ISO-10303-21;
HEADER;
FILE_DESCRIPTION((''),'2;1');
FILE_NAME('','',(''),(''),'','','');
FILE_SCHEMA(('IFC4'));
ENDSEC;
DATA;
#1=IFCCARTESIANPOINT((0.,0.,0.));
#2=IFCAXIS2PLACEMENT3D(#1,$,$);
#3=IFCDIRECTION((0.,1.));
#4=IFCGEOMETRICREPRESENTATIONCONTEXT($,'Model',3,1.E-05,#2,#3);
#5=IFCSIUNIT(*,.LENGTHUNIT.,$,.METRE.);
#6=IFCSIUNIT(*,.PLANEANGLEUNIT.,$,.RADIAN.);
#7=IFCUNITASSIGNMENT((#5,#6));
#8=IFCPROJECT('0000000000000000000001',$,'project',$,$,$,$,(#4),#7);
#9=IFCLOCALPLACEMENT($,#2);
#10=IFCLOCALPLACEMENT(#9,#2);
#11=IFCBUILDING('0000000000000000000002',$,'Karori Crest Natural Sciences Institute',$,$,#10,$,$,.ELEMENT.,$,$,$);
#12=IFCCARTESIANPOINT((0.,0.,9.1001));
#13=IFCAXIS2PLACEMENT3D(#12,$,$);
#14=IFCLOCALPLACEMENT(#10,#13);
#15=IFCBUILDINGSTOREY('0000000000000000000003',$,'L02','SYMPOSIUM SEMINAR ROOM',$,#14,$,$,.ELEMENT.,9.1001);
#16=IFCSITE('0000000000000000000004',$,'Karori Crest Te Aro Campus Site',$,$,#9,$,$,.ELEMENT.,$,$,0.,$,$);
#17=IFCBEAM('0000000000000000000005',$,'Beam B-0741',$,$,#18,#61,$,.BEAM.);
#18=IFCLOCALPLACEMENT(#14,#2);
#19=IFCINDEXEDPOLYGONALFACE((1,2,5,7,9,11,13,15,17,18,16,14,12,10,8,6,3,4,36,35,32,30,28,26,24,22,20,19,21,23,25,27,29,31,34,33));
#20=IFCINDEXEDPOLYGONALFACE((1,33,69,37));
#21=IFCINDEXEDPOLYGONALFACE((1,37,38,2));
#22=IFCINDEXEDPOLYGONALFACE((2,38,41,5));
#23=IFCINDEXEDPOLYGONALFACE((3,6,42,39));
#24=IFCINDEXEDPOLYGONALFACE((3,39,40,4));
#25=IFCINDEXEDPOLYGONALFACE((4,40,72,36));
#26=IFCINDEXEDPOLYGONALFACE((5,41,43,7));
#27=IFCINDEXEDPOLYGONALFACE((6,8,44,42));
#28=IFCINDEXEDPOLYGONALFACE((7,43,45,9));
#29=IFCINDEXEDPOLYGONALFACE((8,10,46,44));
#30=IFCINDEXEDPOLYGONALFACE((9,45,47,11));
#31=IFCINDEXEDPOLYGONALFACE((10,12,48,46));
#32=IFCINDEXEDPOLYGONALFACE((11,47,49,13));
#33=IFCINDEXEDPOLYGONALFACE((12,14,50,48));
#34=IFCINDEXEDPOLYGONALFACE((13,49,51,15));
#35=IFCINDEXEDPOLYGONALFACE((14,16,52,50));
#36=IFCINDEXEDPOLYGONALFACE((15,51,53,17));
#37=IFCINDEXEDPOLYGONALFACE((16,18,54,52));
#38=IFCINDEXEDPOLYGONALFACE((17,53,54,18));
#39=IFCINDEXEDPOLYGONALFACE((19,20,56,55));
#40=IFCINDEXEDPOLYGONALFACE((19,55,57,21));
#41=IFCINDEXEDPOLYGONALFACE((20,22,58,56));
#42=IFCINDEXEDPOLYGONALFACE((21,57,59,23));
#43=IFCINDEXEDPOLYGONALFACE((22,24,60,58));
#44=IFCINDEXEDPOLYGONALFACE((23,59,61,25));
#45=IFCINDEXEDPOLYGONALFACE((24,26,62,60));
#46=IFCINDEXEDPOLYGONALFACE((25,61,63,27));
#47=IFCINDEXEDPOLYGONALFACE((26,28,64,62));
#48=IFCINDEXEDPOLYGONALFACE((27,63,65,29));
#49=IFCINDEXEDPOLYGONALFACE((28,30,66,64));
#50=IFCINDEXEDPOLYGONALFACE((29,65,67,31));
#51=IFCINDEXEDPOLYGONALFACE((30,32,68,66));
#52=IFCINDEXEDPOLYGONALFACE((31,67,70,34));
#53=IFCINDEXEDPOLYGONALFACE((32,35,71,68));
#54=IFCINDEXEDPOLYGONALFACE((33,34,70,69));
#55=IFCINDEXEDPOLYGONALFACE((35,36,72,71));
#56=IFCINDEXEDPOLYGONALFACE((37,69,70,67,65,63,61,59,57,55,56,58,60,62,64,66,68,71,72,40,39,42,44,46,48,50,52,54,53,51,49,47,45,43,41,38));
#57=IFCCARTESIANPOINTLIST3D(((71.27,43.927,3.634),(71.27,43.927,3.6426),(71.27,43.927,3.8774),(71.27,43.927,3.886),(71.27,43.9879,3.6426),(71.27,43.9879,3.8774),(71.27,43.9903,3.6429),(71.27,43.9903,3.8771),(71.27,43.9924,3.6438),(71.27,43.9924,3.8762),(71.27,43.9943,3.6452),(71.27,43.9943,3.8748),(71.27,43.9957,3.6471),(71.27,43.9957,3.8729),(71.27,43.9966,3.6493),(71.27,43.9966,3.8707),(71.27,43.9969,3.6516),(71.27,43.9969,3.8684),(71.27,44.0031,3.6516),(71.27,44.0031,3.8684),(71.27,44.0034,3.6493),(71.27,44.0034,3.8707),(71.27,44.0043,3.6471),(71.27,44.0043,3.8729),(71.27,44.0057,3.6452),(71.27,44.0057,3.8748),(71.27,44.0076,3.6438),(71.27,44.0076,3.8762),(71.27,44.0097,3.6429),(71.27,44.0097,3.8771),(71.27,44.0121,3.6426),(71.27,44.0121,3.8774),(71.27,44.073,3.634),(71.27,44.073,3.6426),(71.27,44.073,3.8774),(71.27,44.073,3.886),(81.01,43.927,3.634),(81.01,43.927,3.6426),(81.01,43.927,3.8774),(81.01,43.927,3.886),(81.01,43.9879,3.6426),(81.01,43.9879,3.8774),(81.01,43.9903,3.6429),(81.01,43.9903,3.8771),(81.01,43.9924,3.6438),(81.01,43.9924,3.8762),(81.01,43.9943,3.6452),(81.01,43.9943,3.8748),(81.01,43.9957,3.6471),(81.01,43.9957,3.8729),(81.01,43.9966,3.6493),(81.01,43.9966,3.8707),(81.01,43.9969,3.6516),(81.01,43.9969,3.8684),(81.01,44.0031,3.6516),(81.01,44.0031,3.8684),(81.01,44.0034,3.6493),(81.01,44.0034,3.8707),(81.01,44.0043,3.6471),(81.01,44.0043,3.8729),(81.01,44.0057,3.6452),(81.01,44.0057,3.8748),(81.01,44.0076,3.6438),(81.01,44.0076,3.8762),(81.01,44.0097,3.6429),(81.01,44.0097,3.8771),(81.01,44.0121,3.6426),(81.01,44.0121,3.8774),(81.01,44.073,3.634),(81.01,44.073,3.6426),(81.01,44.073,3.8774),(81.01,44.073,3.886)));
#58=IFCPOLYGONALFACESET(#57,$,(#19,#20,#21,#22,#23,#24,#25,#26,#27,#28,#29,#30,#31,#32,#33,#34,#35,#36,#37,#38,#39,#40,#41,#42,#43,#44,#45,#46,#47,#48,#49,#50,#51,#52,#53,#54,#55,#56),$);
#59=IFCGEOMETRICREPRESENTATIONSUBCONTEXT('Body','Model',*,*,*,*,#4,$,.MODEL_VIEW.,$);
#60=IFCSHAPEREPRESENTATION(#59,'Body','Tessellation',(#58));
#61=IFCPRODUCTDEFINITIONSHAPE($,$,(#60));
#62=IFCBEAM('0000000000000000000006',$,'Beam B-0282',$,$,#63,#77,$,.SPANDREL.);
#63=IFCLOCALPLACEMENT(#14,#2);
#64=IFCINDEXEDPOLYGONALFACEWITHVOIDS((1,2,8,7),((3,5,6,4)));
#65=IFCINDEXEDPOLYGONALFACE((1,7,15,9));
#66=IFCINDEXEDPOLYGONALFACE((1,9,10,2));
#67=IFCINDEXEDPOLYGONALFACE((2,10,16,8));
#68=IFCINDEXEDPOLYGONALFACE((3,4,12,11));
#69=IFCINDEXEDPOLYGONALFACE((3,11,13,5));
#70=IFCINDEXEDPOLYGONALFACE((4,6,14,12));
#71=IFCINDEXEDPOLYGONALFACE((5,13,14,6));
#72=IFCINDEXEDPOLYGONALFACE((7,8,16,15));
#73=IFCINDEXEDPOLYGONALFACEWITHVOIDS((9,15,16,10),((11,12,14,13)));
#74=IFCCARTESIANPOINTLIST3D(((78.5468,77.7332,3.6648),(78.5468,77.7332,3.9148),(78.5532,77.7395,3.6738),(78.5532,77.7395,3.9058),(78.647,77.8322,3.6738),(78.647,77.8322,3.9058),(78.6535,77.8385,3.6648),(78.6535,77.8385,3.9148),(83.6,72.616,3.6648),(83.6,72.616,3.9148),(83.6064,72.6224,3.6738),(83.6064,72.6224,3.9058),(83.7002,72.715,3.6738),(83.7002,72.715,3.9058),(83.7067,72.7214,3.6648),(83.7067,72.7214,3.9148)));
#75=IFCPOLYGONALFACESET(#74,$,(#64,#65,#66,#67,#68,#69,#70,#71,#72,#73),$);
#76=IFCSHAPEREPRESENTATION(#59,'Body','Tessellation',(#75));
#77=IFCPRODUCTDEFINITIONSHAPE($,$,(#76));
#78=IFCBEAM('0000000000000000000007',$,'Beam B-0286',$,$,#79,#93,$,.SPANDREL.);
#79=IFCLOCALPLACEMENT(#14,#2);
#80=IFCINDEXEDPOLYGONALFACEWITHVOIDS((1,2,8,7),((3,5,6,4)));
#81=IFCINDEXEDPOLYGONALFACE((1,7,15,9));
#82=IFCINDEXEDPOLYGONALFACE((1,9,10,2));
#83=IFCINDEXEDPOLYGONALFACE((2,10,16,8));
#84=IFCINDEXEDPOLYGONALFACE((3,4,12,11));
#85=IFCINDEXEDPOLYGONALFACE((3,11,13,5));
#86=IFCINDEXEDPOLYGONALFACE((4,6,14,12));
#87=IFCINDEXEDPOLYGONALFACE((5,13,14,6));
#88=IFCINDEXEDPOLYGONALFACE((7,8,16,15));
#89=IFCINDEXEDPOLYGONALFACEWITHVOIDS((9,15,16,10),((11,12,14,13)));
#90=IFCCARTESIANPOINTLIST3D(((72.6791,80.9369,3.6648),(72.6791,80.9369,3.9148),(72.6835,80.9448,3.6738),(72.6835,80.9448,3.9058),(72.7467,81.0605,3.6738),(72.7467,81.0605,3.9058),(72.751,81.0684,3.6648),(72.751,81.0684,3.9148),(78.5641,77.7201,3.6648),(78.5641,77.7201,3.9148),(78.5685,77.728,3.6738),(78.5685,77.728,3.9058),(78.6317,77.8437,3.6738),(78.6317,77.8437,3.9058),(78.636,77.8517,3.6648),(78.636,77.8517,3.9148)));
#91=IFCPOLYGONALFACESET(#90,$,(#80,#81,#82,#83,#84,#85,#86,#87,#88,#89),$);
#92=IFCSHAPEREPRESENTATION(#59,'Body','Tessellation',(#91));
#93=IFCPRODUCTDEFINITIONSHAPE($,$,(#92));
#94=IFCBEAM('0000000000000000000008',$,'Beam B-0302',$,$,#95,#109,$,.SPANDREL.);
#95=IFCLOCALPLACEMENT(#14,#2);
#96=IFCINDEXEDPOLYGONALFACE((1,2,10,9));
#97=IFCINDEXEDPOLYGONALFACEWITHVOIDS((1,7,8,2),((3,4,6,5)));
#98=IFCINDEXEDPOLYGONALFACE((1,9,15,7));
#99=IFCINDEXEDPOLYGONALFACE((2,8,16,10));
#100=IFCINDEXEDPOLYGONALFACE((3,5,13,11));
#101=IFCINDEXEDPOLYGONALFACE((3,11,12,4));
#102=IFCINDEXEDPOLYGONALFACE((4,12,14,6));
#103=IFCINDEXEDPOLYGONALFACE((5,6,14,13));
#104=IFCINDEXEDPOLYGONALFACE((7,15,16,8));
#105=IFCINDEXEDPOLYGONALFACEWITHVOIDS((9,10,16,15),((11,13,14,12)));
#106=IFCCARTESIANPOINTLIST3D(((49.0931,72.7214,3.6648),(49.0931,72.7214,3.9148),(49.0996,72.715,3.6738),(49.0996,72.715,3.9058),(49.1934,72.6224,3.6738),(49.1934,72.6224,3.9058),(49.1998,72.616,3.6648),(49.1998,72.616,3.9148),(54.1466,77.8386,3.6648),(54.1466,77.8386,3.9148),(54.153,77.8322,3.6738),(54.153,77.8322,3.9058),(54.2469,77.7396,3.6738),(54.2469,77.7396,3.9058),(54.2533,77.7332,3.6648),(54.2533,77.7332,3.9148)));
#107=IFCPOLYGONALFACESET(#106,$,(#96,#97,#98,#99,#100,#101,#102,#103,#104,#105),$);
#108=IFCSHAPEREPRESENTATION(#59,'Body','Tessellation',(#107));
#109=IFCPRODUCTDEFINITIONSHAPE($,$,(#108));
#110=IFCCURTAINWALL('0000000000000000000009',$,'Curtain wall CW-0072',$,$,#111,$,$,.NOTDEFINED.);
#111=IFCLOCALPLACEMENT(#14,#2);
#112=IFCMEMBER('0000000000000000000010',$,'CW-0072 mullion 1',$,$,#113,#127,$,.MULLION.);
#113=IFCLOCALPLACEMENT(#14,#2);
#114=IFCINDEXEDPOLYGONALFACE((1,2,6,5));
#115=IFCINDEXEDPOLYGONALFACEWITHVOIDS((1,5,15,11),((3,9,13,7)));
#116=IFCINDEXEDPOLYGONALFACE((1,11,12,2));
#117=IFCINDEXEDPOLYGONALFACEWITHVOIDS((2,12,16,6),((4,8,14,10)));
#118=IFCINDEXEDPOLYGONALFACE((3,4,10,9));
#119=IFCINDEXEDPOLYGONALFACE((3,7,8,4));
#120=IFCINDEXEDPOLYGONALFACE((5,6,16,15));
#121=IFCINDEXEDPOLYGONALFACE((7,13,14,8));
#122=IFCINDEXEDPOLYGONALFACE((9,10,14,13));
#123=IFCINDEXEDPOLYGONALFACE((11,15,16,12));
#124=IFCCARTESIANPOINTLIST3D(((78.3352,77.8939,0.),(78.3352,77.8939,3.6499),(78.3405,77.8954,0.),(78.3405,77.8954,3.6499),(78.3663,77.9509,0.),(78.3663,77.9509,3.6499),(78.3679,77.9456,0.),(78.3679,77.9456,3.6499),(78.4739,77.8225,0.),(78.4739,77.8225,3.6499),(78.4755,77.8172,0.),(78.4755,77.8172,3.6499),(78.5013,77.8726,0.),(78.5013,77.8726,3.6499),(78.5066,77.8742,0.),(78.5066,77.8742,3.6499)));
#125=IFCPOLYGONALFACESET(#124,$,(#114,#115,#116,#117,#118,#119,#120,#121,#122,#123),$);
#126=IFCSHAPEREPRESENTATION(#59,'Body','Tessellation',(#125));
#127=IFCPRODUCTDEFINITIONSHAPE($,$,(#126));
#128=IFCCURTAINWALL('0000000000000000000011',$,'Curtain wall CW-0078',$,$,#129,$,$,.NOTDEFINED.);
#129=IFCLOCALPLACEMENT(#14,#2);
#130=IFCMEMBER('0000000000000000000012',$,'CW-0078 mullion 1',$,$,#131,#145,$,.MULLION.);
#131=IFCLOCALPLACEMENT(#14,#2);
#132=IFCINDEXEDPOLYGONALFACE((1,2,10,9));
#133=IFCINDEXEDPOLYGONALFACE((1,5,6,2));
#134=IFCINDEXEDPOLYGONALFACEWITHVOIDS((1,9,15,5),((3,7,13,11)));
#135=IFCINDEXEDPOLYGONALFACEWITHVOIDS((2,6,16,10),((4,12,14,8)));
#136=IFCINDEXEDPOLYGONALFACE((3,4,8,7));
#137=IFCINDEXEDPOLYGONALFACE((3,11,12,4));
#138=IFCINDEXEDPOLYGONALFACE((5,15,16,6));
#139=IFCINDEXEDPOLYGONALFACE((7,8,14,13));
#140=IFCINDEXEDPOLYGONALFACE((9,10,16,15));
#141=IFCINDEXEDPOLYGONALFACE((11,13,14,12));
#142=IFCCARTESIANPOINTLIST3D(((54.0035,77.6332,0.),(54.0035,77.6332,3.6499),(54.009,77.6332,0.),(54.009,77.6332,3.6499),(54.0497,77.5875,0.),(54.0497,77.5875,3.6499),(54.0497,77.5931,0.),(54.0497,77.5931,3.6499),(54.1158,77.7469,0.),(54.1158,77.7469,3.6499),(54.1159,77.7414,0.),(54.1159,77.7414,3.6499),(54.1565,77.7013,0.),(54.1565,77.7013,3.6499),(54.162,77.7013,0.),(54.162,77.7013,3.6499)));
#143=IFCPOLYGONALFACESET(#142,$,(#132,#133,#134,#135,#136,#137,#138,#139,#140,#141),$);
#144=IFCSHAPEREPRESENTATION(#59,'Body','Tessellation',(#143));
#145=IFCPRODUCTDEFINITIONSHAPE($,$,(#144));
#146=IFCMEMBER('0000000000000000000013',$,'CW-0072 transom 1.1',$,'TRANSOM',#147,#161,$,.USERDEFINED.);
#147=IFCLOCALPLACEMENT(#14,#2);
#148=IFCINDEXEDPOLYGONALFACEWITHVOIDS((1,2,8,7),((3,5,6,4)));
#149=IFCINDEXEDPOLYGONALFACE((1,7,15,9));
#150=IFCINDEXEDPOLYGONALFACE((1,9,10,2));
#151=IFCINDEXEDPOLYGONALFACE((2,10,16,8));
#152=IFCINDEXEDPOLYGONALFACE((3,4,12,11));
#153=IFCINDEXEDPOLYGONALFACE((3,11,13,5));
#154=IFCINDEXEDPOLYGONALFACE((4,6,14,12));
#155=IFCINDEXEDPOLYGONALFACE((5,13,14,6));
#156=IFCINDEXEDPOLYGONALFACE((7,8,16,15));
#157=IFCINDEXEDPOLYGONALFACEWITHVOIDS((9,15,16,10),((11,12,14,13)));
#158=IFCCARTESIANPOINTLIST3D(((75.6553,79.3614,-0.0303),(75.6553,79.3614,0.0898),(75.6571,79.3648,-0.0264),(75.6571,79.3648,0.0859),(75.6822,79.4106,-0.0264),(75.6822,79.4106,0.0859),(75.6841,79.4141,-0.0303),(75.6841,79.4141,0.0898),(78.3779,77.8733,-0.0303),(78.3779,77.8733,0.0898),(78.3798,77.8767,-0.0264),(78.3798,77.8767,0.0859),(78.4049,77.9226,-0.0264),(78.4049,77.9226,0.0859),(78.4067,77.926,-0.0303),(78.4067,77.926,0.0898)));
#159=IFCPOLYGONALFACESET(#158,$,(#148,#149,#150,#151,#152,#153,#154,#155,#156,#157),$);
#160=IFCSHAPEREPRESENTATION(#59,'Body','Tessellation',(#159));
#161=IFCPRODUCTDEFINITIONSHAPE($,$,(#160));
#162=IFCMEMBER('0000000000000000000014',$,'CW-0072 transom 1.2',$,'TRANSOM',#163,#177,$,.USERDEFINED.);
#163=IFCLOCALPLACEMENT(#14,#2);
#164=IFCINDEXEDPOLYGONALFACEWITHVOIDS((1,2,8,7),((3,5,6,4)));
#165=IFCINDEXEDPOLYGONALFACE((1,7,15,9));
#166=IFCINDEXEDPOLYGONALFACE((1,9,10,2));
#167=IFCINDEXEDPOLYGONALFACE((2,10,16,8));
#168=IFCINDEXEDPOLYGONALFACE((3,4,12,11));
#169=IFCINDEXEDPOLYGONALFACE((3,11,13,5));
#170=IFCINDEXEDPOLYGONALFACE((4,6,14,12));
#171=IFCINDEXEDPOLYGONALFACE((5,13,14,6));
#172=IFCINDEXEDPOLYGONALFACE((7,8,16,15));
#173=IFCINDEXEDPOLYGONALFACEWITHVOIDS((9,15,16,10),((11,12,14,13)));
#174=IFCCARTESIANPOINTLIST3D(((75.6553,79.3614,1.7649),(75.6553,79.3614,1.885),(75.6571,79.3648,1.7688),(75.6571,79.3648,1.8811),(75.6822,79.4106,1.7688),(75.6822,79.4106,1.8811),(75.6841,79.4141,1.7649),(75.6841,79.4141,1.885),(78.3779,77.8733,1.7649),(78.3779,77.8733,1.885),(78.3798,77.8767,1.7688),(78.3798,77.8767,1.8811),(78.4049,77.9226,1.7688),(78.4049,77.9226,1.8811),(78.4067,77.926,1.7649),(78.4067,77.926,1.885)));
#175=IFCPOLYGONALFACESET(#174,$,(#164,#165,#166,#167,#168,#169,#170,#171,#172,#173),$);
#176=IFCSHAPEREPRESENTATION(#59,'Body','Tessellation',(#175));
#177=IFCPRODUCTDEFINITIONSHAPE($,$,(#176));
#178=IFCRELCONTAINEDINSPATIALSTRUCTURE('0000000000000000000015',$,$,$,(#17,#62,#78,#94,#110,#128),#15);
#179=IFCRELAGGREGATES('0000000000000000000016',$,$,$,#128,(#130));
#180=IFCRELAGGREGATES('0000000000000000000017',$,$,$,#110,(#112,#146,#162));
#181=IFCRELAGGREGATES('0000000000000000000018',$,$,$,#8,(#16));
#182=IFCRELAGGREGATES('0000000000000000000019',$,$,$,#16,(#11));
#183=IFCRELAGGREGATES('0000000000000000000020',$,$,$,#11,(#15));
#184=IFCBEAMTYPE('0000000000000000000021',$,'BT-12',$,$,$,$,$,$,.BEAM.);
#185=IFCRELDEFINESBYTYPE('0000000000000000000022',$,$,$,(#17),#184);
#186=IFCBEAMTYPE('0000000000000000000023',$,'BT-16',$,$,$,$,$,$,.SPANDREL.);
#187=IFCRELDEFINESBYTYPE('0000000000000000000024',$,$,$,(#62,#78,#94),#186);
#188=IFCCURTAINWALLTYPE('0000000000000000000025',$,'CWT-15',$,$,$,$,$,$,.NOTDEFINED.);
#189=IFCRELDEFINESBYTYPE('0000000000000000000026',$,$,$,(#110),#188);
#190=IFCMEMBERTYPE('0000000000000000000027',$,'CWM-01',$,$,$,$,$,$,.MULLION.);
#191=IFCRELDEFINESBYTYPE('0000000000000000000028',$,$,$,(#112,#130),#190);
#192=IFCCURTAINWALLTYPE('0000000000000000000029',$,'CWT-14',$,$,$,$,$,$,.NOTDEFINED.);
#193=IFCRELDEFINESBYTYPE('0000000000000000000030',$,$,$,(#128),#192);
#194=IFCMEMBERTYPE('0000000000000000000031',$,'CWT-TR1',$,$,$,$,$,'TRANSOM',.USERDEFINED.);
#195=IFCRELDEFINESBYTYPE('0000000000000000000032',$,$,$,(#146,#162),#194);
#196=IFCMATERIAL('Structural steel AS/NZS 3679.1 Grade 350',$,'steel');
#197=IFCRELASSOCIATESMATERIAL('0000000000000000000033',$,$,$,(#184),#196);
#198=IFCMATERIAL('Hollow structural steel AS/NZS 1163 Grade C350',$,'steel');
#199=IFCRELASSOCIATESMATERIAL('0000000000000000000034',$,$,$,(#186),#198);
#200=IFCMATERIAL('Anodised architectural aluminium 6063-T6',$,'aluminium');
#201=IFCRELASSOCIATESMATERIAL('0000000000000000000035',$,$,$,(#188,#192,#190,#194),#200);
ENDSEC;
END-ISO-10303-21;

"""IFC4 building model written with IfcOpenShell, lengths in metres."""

from ifc_helpers import new_model, si_unit, direction, frame, origin, origin_2d, place, context, subcontext, project, spatial, hollow_rectangle, i_section, extrude, material, material_profile, profile_set, type_object, element, aggregate, save


model = new_model("IFC4")

# Units and contexts
model_context = context("Model", 3, precision=1e-05, world=origin(), true_north=direction((0.0, 1.0)))
body_context = subcontext(model_context, "Body", "Model", "MODEL_VIEW")
ifc_project = project(units=[si_unit("LENGTHUNIT", "METRE"), si_unit("PLANEANGLEUNIT", "RADIAN")], contexts=[model_context])

# Site, building, storey
site_placement = place(None, origin())
site = spatial("IfcSite", under=ifc_project, at=site_placement, Name="Karori Crest Te Aro Campus Site", CompositionType="ELEMENT", RefElevation=0.0)
building_placement = place(site_placement, origin())
building = spatial("IfcBuilding", under=site, at=building_placement, Name="Karori Crest Natural Sciences Institute", CompositionType="ELEMENT")
storey_placement = place(building_placement, frame((0.0, 0.0, 9.1001)))
storey = spatial("IfcBuildingStorey", under=building, at=storey_placement, Name="L02", Description="SYMPOSIUM SEMINAR ROOM", CompositionType="ELEMENT", Elevation=9.1001)

# Shared definitions
ifc_material_1 = material(Name="Structural steel AS/NZS 3679.1 Grade 350", Category="steel")
ifc_material_2 = material(Name="Hollow structural steel AS/NZS 1163 Grade C350", Category="steel")

# Beams
ifc_material_profile_1 = material_profile(ifc_material_1, i_section(OverallWidth=0.146, OverallDepth=0.252, WebThickness=0.0061, FlangeThickness=0.0085, FilletRadius=0.009, at=origin_2d()), Name="250UB31.4")
ifc_profile_set_1 = profile_set([ifc_material_profile_1], Name="Structural steel AS/NZS 3679.1 Grade 350")
beam_type_1 = type_object("IfcBeamType", Name="BT-12", PredefinedType="BEAM", material=ifc_profile_set_1)
beam_1_placement = place(storey_placement, frame((71.27, 44.0, 3.76), z_axis=(1.0, 0.0, 0.0), x_axis=(0.0, 1.0, 0.0)))
element("IfcBeam", 1, at=beam_1_placement, inside=storey, type_object=beam_type_1, Name="Beam B-0741", PredefinedType="BEAM", context=body_context, shape_type="SweptSolid", body=[
    extrude(i_section(OverallWidth=0.146, OverallDepth=0.252, WebThickness=0.0061, FlangeThickness=0.0085, FilletRadius=0.009, at=origin_2d()), origin(), (0.0, 0.0, 1.0), 9.74),
])
ifc_material_profile_2 = material_profile(ifc_material_2, hollow_rectangle(XDim=0.1499, YDim=0.25, WallThickness=0.009, at=origin_2d()), Name="RHS250x150x9")
ifc_profile_set_2 = profile_set([ifc_material_profile_2], Name="Hollow structural steel AS/NZS 1163 Grade C350")
beam_type_2 = type_object("IfcBeamType", Name="BT-16", PredefinedType="SPANDREL", material=ifc_profile_set_2)
beam_2_placement = place(storey_placement, frame((83.6533, 72.6687, 3.7898), z_axis=(-0.702646, 0.71154, 0.0), x_axis=(-0.71154, -0.702646, 0.0)))
element("IfcBeam", 2, at=beam_2_placement, inside=storey, type_object=beam_type_2, Name="Beam B-0282", PredefinedType="SPANDREL", context=body_context, shape_type="SweptSolid", body=[
    extrude(hollow_rectangle(XDim=0.1499, YDim=0.25, WallThickness=0.009, at=origin_2d()), origin(), (0.0, 0.0, 1.0), 7.1917),
])
beam_3_placement = place(storey_placement, frame((78.6001, 77.7859, 3.7898), z_axis=(-0.87747, 0.479632, 0.0), x_axis=(-0.479632, -0.87747, 0.0)))
element("IfcBeam", 3, at=beam_3_placement, inside=storey, type_object=beam_type_2, Name="Beam B-0286", PredefinedType="SPANDREL", context=body_context, shape_type="SweptSolid", body=[
    extrude(hollow_rectangle(XDim=0.1499, YDim=0.25, WallThickness=0.009, at=origin_2d()), origin(), (0.0, 0.0, 1.0), 6.7068),
])
beam_4_placement = place(storey_placement, frame((54.2, 77.7859, 3.7898), z_axis=(-0.702663, -0.711523, 0.0), x_axis=(0.711523, -0.702663, 0.0)))
element("IfcBeam", 4, at=beam_4_placement, inside=storey, type_object=beam_type_2, Name="Beam B-0302", PredefinedType="SPANDREL", context=body_context, shape_type="SweptSolid", body=[
    extrude(hollow_rectangle(XDim=0.1499, YDim=0.25, WallThickness=0.009, at=origin_2d()), origin(), (0.0, 0.0, 1.0), 7.1919),
])

# Curtain walls, members
ifc_material_3 = material(Name="Anodised architectural aluminium 6063-T6", Category="aluminium")
curtain_wall_type_1 = type_object("IfcCurtainWallType", Name="CWT-15", PredefinedType="NOTDEFINED", material=ifc_material_3)
curtain_wall_1_placement = place(storey_placement, origin())
curtain_wall_1 = element("IfcCurtainWall", 5, at=curtain_wall_1_placement, inside=storey, type_object=curtain_wall_type_1, Name="Curtain wall CW-0072", PredefinedType="NOTDEFINED")
ifc_material_profile_3 = material_profile(ifc_material_3, hollow_rectangle(XDim=0.0649, YDim=0.1599, WallThickness=0.0039, at=origin_2d()), Name="CWM160x65x4")
ifc_profile_set_3 = profile_set([ifc_material_profile_3], Name="Anodised architectural aluminium 6063-T6")
member_type_1 = type_object("IfcMemberType", Name="CWM-01", PredefinedType="MULLION", material=ifc_profile_set_3)
member_1_placement = place(storey_placement, frame((78.4209, 77.884, 0.0), z_axis=(0.0, 0.0, 1.0), x_axis=(-0.479643, -0.877464, 0.0)))
member_1 = element("IfcMember", 6, at=member_1_placement, type_object=member_type_1, Name="CW-0072 mullion 1", PredefinedType="MULLION", context=body_context, shape_type="SweptSolid", body=[
    extrude(hollow_rectangle(XDim=0.0649, YDim=0.1599, WallThickness=0.0039, at=origin_2d()), origin(), (0.0, 0.0, 1.0), 3.6499),
])
curtain_wall_type_2 = type_object("IfcCurtainWallType", Name="CWT-14", PredefinedType="NOTDEFINED", material=ifc_material_3)
curtain_wall_2_placement = place(storey_placement, origin())
curtain_wall_2 = element("IfcCurtainWall", 7, at=curtain_wall_2_placement, inside=storey, type_object=curtain_wall_type_2, Name="Curtain wall CW-0078", PredefinedType="NOTDEFINED")
member_2_placement = place(storey_placement, frame((54.0828, 77.6672, 0.0), z_axis=(0.0, 0.0, 1.0), x_axis=(0.711529, -0.702656, 0.0)))
member_2 = element("IfcMember", 8, at=member_2_placement, type_object=member_type_1, Name="CW-0078 mullion 1", PredefinedType="MULLION", context=body_context, shape_type="SweptSolid", body=[
    extrude(hollow_rectangle(XDim=0.0649, YDim=0.1599, WallThickness=0.0039, at=origin_2d()), origin(), (0.0, 0.0, 1.0), 3.6499),
])

# Members
ifc_material_profile_4 = material_profile(ifc_material_3, hollow_rectangle(XDim=0.0601, YDim=0.1201, WallThickness=0.0039, at=origin_2d()), Name="CWT120x60x4")
ifc_profile_set_4 = profile_set([ifc_material_profile_4], Name="Anodised architectural aluminium 6063-T6")
member_type_2 = type_object("IfcMemberType", Name="CWT-TR1", ElementType="TRANSOM", PredefinedType="USERDEFINED", material=ifc_profile_set_4)
member_3_placement = place(storey_placement, frame((78.3923, 77.8997, 0.0298), z_axis=(-0.877495, 0.479585, 0.0), x_axis=(-0.479585, -0.877495, 0.0)))
member_3 = element("IfcMember", 9, at=member_3_placement, type_object=member_type_2, Name="CW-0072 transom 1.1", ObjectType="TRANSOM", PredefinedType="USERDEFINED", context=body_context, shape_type="SweptSolid", body=[
    extrude(hollow_rectangle(XDim=0.0601, YDim=0.1201, WallThickness=0.0039, at=origin_2d()), origin(), (0.0, 0.0, 1.0), 3.1028),
])
member_4_placement = place(storey_placement, frame((78.3923, 77.8997, 1.825), z_axis=(-0.877495, 0.479585, 0.0), x_axis=(-0.479585, -0.877495, 0.0)))
member_4 = element("IfcMember", 10, at=member_4_placement, type_object=member_type_2, Name="CW-0072 transom 1.2", ObjectType="TRANSOM", PredefinedType="USERDEFINED", context=body_context, shape_type="SweptSolid", body=[
    extrude(hollow_rectangle(XDim=0.0601, YDim=0.1201, WallThickness=0.0039, at=origin_2d()), origin(), (0.0, 0.0, 1.0), 3.1028),
])
aggregate(curtain_wall_2, [member_2])

aggregate(curtain_wall_1, [member_1, member_3, member_4])

save(model, "model.ifc")
